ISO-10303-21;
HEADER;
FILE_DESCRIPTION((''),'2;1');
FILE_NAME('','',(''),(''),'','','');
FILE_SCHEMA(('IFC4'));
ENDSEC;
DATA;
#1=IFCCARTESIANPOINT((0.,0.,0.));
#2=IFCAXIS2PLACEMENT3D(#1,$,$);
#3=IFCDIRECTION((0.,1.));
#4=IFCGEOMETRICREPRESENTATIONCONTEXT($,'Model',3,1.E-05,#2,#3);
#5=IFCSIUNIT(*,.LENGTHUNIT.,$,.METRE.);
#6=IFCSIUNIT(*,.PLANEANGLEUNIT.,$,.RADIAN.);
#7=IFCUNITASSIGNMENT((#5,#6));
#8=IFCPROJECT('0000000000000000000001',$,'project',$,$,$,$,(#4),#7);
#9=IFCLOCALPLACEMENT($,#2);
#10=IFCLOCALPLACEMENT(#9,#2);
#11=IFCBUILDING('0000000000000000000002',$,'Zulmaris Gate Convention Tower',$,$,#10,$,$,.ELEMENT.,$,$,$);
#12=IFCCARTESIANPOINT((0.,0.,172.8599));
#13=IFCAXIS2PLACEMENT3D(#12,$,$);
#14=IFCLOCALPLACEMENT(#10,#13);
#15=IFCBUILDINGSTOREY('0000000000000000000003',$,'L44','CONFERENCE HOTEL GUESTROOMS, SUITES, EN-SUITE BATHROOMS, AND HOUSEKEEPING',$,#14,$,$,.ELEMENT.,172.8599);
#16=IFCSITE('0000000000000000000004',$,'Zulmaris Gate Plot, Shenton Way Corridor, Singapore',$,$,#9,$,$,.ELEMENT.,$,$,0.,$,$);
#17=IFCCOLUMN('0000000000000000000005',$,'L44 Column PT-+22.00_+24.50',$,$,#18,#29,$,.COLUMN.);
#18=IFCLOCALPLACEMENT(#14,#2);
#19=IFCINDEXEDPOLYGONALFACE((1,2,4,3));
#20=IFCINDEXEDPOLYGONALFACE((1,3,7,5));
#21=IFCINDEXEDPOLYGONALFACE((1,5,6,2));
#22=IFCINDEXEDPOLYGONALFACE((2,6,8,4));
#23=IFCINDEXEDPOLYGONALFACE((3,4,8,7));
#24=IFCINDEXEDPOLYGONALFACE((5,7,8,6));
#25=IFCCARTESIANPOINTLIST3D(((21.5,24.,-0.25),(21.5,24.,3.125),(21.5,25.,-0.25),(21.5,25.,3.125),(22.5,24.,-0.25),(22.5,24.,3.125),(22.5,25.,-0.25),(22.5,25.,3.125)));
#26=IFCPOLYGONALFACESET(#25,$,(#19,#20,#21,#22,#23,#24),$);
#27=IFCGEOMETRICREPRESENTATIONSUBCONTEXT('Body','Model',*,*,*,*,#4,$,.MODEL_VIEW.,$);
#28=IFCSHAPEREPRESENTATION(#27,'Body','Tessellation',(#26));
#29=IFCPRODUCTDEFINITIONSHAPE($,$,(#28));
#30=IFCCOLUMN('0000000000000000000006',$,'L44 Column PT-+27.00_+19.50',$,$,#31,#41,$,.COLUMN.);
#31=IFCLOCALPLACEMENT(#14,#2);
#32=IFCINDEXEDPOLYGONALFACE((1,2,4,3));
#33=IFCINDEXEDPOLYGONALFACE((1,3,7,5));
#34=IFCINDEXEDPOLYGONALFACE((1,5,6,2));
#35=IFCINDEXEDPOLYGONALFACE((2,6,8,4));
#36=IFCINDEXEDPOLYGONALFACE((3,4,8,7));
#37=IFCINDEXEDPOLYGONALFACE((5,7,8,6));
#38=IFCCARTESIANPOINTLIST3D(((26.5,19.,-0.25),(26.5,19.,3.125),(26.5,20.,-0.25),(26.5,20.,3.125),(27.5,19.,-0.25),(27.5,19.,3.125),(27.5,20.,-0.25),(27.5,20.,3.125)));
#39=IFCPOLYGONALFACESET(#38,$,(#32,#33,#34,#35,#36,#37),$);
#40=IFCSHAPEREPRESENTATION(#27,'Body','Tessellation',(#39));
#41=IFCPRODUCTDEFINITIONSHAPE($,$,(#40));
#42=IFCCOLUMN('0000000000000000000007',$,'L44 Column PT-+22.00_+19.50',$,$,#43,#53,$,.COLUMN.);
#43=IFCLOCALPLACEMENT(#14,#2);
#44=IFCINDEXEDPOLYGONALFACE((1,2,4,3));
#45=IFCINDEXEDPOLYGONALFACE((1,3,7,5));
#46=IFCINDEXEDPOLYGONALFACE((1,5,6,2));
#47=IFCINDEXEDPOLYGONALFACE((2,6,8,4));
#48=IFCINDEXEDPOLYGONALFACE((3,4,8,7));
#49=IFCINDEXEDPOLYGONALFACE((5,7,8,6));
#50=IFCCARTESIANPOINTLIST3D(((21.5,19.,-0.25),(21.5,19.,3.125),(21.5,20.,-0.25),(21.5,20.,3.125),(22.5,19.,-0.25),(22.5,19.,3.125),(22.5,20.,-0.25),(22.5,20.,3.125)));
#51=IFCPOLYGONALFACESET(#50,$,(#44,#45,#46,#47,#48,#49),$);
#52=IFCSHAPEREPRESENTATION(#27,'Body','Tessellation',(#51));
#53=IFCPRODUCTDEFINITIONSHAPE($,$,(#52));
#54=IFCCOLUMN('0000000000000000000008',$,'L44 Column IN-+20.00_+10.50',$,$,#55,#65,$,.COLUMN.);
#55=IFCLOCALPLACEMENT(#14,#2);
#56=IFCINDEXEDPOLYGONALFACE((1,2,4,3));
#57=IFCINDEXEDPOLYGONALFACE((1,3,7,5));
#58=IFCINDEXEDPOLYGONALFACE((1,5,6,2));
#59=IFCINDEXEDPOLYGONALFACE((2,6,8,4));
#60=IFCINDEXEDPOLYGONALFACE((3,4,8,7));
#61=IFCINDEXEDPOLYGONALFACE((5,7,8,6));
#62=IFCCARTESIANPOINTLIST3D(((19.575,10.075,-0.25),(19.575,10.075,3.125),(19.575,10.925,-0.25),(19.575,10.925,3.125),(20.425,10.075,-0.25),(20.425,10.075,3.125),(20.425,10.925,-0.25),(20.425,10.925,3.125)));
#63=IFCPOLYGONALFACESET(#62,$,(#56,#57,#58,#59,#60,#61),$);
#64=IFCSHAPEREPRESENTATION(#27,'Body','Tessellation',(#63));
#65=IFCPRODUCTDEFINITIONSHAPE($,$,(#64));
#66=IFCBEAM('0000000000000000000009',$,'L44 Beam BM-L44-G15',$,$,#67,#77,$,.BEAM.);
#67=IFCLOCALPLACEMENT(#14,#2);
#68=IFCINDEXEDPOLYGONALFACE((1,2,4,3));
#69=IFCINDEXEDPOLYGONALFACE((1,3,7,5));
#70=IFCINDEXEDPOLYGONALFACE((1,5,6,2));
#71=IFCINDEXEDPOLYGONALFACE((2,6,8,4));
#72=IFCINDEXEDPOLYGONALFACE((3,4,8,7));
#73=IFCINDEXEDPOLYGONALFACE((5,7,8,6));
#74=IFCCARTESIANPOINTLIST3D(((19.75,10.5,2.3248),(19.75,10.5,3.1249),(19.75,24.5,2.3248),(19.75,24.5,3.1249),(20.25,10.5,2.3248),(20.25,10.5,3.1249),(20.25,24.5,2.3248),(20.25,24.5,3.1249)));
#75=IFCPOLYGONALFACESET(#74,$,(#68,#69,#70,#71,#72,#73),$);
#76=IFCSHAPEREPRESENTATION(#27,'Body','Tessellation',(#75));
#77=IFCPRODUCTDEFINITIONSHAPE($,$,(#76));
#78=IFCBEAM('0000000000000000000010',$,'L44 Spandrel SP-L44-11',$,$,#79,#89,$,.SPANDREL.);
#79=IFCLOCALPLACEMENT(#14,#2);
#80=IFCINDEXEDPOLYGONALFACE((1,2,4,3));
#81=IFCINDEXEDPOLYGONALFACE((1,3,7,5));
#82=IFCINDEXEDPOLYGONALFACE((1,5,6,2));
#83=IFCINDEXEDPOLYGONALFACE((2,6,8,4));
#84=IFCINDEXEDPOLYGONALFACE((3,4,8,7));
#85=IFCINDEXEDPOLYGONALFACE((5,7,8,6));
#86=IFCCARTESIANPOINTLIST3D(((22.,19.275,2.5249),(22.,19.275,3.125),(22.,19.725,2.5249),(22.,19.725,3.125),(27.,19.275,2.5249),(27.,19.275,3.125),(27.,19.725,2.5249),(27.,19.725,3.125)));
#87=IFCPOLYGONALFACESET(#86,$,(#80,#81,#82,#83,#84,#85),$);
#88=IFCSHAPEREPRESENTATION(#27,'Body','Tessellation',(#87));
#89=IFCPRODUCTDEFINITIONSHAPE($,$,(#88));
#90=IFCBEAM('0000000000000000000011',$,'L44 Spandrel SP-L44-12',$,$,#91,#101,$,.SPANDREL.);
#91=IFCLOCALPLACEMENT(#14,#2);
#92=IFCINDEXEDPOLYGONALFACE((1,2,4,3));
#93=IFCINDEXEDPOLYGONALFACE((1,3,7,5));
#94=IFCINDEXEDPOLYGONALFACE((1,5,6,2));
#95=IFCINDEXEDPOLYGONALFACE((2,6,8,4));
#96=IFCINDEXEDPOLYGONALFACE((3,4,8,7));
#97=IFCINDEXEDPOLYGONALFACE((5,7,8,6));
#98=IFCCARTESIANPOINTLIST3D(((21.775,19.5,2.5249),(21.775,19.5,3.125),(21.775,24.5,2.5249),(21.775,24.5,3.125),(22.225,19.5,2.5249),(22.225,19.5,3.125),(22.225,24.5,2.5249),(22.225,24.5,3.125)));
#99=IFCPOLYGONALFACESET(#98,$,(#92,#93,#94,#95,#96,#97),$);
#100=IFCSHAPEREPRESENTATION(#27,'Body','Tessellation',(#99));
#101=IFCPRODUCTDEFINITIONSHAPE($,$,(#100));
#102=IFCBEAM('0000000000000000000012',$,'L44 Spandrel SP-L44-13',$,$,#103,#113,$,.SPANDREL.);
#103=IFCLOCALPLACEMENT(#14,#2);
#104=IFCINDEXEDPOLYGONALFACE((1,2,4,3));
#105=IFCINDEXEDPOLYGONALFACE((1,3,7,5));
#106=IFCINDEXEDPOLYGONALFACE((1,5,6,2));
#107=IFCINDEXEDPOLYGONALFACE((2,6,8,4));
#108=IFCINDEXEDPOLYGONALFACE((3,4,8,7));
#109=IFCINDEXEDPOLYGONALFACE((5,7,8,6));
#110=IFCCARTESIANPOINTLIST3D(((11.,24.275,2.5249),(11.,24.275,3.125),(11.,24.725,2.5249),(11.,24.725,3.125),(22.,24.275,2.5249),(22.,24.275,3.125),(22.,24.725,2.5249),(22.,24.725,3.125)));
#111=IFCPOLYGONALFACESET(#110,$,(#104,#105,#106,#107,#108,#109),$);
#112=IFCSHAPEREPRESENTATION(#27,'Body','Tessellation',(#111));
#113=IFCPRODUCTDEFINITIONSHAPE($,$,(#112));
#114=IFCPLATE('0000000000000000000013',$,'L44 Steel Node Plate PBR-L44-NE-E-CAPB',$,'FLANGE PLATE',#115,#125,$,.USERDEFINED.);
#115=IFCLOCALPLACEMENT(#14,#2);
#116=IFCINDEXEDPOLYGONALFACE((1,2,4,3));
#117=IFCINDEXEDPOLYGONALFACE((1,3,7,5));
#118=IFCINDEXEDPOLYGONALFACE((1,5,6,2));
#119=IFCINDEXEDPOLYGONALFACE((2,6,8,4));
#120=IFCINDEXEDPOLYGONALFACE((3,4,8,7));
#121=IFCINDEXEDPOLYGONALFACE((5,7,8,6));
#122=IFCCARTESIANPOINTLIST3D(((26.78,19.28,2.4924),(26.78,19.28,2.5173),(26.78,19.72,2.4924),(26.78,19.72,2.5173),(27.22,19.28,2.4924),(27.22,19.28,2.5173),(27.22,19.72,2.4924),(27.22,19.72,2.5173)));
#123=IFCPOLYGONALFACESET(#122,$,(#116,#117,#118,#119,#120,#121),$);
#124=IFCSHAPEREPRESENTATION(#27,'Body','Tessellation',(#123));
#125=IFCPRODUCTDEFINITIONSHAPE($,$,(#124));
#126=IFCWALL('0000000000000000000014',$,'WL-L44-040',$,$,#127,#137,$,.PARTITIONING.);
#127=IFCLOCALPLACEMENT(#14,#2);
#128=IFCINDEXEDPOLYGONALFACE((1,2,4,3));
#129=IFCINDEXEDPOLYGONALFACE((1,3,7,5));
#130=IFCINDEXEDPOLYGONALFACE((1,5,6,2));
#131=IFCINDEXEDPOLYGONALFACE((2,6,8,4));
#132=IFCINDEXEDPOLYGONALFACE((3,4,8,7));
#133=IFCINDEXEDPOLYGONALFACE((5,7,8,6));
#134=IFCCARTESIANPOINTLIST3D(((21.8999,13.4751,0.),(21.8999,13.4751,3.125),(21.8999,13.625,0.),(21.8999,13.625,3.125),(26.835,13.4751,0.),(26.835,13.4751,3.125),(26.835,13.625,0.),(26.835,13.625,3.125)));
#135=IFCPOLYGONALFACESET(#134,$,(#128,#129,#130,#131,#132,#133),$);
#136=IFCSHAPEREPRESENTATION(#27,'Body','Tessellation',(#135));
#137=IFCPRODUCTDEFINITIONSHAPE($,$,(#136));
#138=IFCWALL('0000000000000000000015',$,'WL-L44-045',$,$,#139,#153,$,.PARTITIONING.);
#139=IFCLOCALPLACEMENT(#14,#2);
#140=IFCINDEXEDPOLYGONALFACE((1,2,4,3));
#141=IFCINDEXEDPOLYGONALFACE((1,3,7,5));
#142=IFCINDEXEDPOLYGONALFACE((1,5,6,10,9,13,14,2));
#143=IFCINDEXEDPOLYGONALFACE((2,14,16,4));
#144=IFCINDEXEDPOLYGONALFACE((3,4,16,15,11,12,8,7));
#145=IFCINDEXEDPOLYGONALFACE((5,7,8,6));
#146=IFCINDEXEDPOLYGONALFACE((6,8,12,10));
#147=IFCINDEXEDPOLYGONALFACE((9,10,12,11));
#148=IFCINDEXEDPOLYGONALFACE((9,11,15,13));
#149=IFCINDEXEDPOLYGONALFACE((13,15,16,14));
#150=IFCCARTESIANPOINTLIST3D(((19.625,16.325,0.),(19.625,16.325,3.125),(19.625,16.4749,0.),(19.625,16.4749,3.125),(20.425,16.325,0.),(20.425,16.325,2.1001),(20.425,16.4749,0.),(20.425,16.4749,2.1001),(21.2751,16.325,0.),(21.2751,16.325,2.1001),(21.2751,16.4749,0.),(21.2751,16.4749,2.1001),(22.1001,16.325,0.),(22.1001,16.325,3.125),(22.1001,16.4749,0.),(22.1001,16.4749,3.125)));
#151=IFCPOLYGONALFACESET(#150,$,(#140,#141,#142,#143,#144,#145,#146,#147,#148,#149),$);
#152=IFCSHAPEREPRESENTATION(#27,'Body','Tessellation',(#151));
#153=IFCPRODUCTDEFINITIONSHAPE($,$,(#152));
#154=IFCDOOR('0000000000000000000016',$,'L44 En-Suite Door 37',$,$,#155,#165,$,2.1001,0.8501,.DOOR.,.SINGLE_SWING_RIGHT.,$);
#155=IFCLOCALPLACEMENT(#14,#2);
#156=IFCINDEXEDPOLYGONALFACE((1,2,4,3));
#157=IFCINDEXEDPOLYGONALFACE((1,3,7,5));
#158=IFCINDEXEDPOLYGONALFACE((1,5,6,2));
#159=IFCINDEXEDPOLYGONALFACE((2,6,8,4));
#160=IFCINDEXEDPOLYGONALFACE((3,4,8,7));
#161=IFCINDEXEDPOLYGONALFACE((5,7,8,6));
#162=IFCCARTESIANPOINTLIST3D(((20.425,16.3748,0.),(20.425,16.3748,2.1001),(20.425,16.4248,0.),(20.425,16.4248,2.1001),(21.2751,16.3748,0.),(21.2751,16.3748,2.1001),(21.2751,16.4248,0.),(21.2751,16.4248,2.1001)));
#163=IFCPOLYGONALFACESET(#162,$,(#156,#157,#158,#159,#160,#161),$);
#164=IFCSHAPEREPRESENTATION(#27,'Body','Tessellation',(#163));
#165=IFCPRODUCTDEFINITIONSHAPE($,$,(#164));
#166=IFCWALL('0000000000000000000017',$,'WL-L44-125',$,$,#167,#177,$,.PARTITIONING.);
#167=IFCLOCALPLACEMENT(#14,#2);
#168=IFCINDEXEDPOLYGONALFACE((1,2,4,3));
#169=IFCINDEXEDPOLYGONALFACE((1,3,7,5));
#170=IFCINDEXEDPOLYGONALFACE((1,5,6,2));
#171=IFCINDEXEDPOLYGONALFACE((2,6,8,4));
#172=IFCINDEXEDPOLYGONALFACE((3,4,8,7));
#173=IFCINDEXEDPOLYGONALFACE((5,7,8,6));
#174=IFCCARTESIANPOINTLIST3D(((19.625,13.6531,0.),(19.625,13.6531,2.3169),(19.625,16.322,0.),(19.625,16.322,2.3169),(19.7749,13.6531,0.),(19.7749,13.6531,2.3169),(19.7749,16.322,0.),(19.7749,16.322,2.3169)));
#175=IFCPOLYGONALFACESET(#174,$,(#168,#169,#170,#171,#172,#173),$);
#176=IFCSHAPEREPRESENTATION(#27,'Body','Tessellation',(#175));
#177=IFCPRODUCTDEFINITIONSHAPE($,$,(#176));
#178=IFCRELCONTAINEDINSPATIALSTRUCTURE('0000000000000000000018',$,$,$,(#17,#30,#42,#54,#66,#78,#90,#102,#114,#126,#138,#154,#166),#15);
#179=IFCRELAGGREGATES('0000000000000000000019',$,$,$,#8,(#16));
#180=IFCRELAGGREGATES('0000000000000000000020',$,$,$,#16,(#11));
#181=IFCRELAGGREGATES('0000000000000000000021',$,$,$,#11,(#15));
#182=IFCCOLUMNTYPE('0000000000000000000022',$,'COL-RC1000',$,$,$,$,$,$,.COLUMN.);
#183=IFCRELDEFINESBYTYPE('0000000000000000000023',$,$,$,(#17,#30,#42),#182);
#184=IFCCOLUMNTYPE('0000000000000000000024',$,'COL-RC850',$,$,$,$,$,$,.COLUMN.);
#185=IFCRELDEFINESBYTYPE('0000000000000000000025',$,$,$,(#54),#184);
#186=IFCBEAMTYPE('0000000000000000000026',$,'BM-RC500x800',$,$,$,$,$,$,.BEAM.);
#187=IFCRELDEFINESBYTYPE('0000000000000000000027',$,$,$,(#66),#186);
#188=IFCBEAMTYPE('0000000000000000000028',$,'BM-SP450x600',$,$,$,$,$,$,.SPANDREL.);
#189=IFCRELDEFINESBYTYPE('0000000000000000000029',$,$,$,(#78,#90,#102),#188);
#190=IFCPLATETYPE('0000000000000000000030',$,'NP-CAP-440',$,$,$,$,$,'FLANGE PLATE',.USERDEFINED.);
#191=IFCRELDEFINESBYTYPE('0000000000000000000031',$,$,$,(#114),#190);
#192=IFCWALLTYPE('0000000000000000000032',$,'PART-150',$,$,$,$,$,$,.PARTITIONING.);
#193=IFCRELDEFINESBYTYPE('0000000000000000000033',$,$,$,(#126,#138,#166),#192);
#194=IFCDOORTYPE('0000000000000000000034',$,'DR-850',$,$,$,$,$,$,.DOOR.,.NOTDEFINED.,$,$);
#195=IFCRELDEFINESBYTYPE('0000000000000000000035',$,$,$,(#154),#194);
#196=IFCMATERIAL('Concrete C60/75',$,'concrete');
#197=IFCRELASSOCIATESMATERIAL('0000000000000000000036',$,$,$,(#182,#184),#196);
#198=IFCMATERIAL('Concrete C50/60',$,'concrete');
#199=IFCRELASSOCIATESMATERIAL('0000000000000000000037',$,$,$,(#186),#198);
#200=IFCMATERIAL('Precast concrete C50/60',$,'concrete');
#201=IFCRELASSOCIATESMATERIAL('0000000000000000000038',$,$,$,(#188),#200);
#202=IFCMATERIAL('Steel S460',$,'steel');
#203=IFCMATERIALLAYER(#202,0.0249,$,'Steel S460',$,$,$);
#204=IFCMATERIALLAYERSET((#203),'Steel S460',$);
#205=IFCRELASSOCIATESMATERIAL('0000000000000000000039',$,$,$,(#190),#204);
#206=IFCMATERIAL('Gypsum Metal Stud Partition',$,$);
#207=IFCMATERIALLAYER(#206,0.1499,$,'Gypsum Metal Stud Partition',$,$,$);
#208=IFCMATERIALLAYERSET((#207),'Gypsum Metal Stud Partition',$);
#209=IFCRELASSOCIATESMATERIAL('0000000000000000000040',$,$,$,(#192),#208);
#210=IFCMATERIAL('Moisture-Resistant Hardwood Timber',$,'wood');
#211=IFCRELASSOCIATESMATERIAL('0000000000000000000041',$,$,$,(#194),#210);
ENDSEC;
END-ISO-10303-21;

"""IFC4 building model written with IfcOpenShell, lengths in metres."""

from ifc_helpers import new_model, si_unit, direction, frame, frame_2d, origin, origin_2d, place, context, subcontext, project, spatial, rectangle, extrude, material, layer, layer_set, material_profile, profile_set, type_object, element, fill, save


model = new_model("IFC4")

# Units and contexts
model_context = context("Model", 3, precision=1e-05, world=origin(), true_north=direction((0.0, 1.0)))
body_context = subcontext(model_context, "Body", "Model", "MODEL_VIEW")
ifc_project = project(units=[si_unit("LENGTHUNIT", "METRE"), si_unit("PLANEANGLEUNIT", "RADIAN")], contexts=[model_context])

# Site, building, storey
site_placement = place(None, origin())
site = spatial("IfcSite", under=ifc_project, at=site_placement, Name="Zulmaris Gate Plot, Shenton Way Corridor, Singapore", CompositionType="ELEMENT", RefElevation=0.0)
building_placement = place(site_placement, origin())
building = spatial("IfcBuilding", under=site, at=building_placement, Name="Zulmaris Gate Convention Tower", CompositionType="ELEMENT")
storey_placement = place(building_placement, frame((0.0, 0.0, 172.8599)))
storey = spatial("IfcBuildingStorey", under=building, at=storey_placement, Name="L44", Description="CONFERENCE HOTEL GUESTROOMS, SUITES, EN-SUITE BATHROOMS, AND HOUSEKEEPING", CompositionType="ELEMENT", Elevation=172.8599)

# Columns
ifc_material_1 = material(Name="Concrete C60/75", Category="concrete")
ifc_material_profile_1 = material_profile(ifc_material_1, rectangle(XDim=1.0, YDim=1.0, at=origin_2d()), Name="RC COL 1000x1000")
ifc_profile_set_1 = profile_set([ifc_material_profile_1], Name="Concrete C60/75")
column_type_1 = type_object("IfcColumnType", Name="COL-RC1000", PredefinedType="COLUMN", material=ifc_profile_set_1)
for number, where, z_axis, x_axis, name in (
    (1, (22.0, 24.5, -0.25), (0.0, 0.0, 1.0), (1.0, 0.0, 0.0), "L44 Column PT-+22.00_+24.50"),
    (2, (27.0, 19.5, -0.25), (0.0, 0.0, 1.0), (1.0, 0.0, 0.0), "L44 Column PT-+27.00_+19.50"),
    (3, (22.0, 19.5, -0.25), (0.0, 0.0, 1.0), (1.0, 0.0, 0.0), "L44 Column PT-+22.00_+19.50"),
):
    element("IfcColumn", number, at=place(storey_placement, frame(where, z_axis=z_axis, x_axis=x_axis)), inside=storey, type_object=column_type_1, Name=name, PredefinedType="COLUMN", context=body_context, shape_type="SweptSolid", body=[
        extrude(rectangle(XDim=1.0, YDim=1.0, at=origin_2d()), origin(), (0.0, 0.0, 1.0), 3.375),
    ])
ifc_material_profile_2 = material_profile(ifc_material_1, rectangle(XDim=0.8501, YDim=0.8501, at=origin_2d()), Name="RC COL 850x850")
ifc_profile_set_2 = profile_set([ifc_material_profile_2], Name="Concrete C60/75")
column_type_2 = type_object("IfcColumnType", Name="COL-RC850", PredefinedType="COLUMN", material=ifc_profile_set_2)
column_placement = place(storey_placement, frame((20.0, 10.5, -0.25), z_axis=(0.0, 0.0, 1.0), x_axis=(1.0, 0.0, 0.0)))
element("IfcColumn", 4, at=column_placement, inside=storey, type_object=column_type_2, Name="L44 Column IN-+20.00_+10.50", PredefinedType="COLUMN", context=body_context, shape_type="SweptSolid", body=[
    extrude(rectangle(XDim=0.8501, YDim=0.8501, at=origin_2d()), origin(), (0.0, 0.0, 1.0), 3.375),
])

# Beams
ifc_material_2 = material(Name="Concrete C50/60", Category="concrete")
ifc_material_profile_3 = material_profile(ifc_material_2, rectangle(XDim=0.5, YDim=0.8, at=origin_2d()), Name="RC BEAM 500x800")
ifc_profile_set_3 = profile_set([ifc_material_profile_3], Name="Concrete C50/60")
beam_type_1 = type_object("IfcBeamType", Name="BM-RC500x800", PredefinedType="BEAM", material=ifc_profile_set_3)
beam_1_placement = place(storey_placement, frame((20.0, 10.5, 2.7249), z_axis=(0.0, 1.0, 0.0), x_axis=(-1.0, 0.0, 0.0)))
element("IfcBeam", 5, at=beam_1_placement, inside=storey, type_object=beam_type_1, Name="L44 Beam BM-L44-G15", PredefinedType="BEAM", context=body_context, shape_type="SweptSolid", body=[
    extrude(rectangle(XDim=0.5, YDim=0.8, at=origin_2d()), origin(), (0.0, 0.0, 1.0), 14.0),
])
ifc_material_3 = material(Name="Precast concrete C50/60", Category="concrete")
ifc_material_profile_4 = material_profile(ifc_material_3, rectangle(XDim=0.45, YDim=0.6001, at=origin_2d()), Name="RC SPANDREL 450x600")
ifc_profile_set_4 = profile_set([ifc_material_profile_4], Name="Precast concrete C50/60")
beam_type_2 = type_object("IfcBeamType", Name="BM-SP450x600", PredefinedType="SPANDREL", material=ifc_profile_set_4)
for number, where, z_axis, x_axis, name in (
    (6, (27.0, 19.5, 2.825), (-1.0, 0.0, 0.0), (0.0, -1.0, 0.0), "L44 Spandrel SP-L44-11"),
    (7, (22.0, 19.5, 2.825), (0.0, 1.0, 0.0), (-1.0, 0.0, 0.0), "L44 Spandrel SP-L44-12"),
):
    element("IfcBeam", number, at=place(storey_placement, frame(where, z_axis=z_axis, x_axis=x_axis)), inside=storey, type_object=beam_type_2, Name=name, PredefinedType="SPANDREL", context=body_context, shape_type="SweptSolid", body=[
        extrude(rectangle(XDim=0.45, YDim=0.6001, at=origin_2d()), origin(), (0.0, 0.0, 1.0), 5.0),
    ])
beam_2_placement = place(storey_placement, frame((22.0, 24.5, 2.825), z_axis=(-1.0, 0.0, 0.0), x_axis=(0.0, -1.0, 0.0)))
element("IfcBeam", 8, at=beam_2_placement, inside=storey, type_object=beam_type_2, Name="L44 Spandrel SP-L44-13", PredefinedType="SPANDREL", context=body_context, shape_type="SweptSolid", body=[
    extrude(rectangle(XDim=0.45, YDim=0.6001, at=origin_2d()), origin(), (0.0, 0.0, 1.0), 11.0),
])

# Plate
ifc_material_4 = material(Name="Steel S460", Category="steel")
ifc_layer_1 = layer(ifc_material_4, 0.0249, Name="Steel S460")
ifc_layer_set_1 = layer_set([ifc_layer_1], Name="Steel S460")
plate_type = type_object("IfcPlateType", Name="NP-CAP-440", ElementType="FLANGE PLATE", PredefinedType="USERDEFINED", material=ifc_layer_set_1)
plate_placement = place(storey_placement, frame((27.0, 19.5, 2.4924), z_axis=(0.0, 0.0, 1.0), x_axis=(1.0, 0.0, 0.0)))
element("IfcPlate", 9, at=plate_placement, inside=storey, type_object=plate_type, Name="L44 Steel Node Plate PBR-L44-NE-E-CAPB", ObjectType="FLANGE PLATE", PredefinedType="USERDEFINED", context=body_context, shape_type="SweptSolid", body=[
    extrude(rectangle(XDim=0.4399, YDim=0.4399, at=origin_2d()), origin(), (0.0, 0.0, 1.0), 0.0249),
])

# Wall
ifc_material_5 = material(Name="Gypsum Metal Stud Partition")
ifc_layer_2 = layer(ifc_material_5, 0.1499, Name="Gypsum Metal Stud Partition")
ifc_layer_set_2 = layer_set([ifc_layer_2], Name="Gypsum Metal Stud Partition")
wall_type_1 = type_object("IfcWallType", Name="PART-150", PredefinedType="PARTITIONING", material=ifc_layer_set_2)
wall_1_placement = place(storey_placement, frame((21.8999, 13.55, 0.0), z_axis=(0.0, 0.0, 1.0), x_axis=(1.0, 0.0, 0.0)))
element("IfcWall", 10, at=wall_1_placement, inside=storey, type_object=wall_type_1, Name="WL-L44-040", PredefinedType="PARTITIONING", context=body_context, shape_type="SweptSolid", body=[
    extrude(rectangle(XDim=4.9351, YDim=0.1499, at=frame_2d((2.4675, 0.0))), origin(), (0.0, 0.0, 1.0), 3.125),
])

# Wall, opening, door
wall_2_placement = place(storey_placement, frame((19.625, 16.3999, 0.0), z_axis=(0.0, 0.0, 1.0), x_axis=(1.0, 0.0, 0.0)))
wall_2 = element("IfcWall", 11, at=wall_2_placement, inside=storey, type_object=wall_type_1, Name="WL-L44-045", PredefinedType="PARTITIONING", context=body_context, shape_type="SweptSolid", body=[
    extrude(rectangle(XDim=2.4751, YDim=0.1499, at=frame_2d((1.2375, 0.0))), origin(), (0.0, 0.0, 1.0), 3.125),
])
opening_1_placement = place(wall_2_placement, frame((0.8, 0.0, 0.0)))
opening_1 = element("IfcOpeningElement", 12, at=opening_1_placement, cuts=wall_2, PredefinedType="OPENING", context=body_context, shape_type="SweptSolid", body=[
    extrude(rectangle(XDim=0.8501, YDim=2.1001, at=frame_2d((0.425, 1.05))), frame((0.0, 0.085, 0.0), z_axis=(0.0, -1.0, 0.0), x_axis=(1.0, 0.0, 0.0)), (0.0, 0.0, 1.0), 0.1699),
])
ifc_material_6 = material(Name="Moisture-Resistant Hardwood Timber", Category="wood")
door_type_1 = type_object("IfcDoorType", Name="DR-850", OperationType="NOTDEFINED", PredefinedType="DOOR", material=ifc_material_6)
door_1_placement = place(opening_1_placement, origin())
door_1 = element("IfcDoor", 13, at=door_1_placement, inside=storey, type_object=door_type_1, Name="L44 En-Suite Door 37", OperationType="SINGLE_SWING_RIGHT", OverallHeight=2.1001, OverallWidth=0.8501, PredefinedType="DOOR", context=body_context, shape_type="SweptSolid", body=[
    extrude(rectangle(XDim=0.8501, YDim=2.1001, at=frame_2d((0.425, 1.05))), frame((0.0, 0.0249, 0.0), z_axis=(0.0, -1.0, 0.0), x_axis=(1.0, 0.0, 0.0)), (0.0, 0.0, 1.0), 0.05),
])
fill(opening_1, door_1)

# Wall
wall_3_placement = place(storey_placement, frame((19.7, 13.6531, 0.0), z_axis=(0.0, 0.0, 1.0), x_axis=(0.0, 1.0, 0.0)))
element("IfcWall", 14, at=wall_3_placement, inside=storey, type_object=wall_type_1, Name="WL-L44-125", PredefinedType="PARTITIONING", context=body_context, shape_type="SweptSolid", body=[
    extrude(rectangle(XDim=2.6689, YDim=0.1499, at=frame_2d((1.3345, 0.0))), origin(), (0.0, 0.0, 1.0), 2.3169),
])

save(model, "model.ifc")
